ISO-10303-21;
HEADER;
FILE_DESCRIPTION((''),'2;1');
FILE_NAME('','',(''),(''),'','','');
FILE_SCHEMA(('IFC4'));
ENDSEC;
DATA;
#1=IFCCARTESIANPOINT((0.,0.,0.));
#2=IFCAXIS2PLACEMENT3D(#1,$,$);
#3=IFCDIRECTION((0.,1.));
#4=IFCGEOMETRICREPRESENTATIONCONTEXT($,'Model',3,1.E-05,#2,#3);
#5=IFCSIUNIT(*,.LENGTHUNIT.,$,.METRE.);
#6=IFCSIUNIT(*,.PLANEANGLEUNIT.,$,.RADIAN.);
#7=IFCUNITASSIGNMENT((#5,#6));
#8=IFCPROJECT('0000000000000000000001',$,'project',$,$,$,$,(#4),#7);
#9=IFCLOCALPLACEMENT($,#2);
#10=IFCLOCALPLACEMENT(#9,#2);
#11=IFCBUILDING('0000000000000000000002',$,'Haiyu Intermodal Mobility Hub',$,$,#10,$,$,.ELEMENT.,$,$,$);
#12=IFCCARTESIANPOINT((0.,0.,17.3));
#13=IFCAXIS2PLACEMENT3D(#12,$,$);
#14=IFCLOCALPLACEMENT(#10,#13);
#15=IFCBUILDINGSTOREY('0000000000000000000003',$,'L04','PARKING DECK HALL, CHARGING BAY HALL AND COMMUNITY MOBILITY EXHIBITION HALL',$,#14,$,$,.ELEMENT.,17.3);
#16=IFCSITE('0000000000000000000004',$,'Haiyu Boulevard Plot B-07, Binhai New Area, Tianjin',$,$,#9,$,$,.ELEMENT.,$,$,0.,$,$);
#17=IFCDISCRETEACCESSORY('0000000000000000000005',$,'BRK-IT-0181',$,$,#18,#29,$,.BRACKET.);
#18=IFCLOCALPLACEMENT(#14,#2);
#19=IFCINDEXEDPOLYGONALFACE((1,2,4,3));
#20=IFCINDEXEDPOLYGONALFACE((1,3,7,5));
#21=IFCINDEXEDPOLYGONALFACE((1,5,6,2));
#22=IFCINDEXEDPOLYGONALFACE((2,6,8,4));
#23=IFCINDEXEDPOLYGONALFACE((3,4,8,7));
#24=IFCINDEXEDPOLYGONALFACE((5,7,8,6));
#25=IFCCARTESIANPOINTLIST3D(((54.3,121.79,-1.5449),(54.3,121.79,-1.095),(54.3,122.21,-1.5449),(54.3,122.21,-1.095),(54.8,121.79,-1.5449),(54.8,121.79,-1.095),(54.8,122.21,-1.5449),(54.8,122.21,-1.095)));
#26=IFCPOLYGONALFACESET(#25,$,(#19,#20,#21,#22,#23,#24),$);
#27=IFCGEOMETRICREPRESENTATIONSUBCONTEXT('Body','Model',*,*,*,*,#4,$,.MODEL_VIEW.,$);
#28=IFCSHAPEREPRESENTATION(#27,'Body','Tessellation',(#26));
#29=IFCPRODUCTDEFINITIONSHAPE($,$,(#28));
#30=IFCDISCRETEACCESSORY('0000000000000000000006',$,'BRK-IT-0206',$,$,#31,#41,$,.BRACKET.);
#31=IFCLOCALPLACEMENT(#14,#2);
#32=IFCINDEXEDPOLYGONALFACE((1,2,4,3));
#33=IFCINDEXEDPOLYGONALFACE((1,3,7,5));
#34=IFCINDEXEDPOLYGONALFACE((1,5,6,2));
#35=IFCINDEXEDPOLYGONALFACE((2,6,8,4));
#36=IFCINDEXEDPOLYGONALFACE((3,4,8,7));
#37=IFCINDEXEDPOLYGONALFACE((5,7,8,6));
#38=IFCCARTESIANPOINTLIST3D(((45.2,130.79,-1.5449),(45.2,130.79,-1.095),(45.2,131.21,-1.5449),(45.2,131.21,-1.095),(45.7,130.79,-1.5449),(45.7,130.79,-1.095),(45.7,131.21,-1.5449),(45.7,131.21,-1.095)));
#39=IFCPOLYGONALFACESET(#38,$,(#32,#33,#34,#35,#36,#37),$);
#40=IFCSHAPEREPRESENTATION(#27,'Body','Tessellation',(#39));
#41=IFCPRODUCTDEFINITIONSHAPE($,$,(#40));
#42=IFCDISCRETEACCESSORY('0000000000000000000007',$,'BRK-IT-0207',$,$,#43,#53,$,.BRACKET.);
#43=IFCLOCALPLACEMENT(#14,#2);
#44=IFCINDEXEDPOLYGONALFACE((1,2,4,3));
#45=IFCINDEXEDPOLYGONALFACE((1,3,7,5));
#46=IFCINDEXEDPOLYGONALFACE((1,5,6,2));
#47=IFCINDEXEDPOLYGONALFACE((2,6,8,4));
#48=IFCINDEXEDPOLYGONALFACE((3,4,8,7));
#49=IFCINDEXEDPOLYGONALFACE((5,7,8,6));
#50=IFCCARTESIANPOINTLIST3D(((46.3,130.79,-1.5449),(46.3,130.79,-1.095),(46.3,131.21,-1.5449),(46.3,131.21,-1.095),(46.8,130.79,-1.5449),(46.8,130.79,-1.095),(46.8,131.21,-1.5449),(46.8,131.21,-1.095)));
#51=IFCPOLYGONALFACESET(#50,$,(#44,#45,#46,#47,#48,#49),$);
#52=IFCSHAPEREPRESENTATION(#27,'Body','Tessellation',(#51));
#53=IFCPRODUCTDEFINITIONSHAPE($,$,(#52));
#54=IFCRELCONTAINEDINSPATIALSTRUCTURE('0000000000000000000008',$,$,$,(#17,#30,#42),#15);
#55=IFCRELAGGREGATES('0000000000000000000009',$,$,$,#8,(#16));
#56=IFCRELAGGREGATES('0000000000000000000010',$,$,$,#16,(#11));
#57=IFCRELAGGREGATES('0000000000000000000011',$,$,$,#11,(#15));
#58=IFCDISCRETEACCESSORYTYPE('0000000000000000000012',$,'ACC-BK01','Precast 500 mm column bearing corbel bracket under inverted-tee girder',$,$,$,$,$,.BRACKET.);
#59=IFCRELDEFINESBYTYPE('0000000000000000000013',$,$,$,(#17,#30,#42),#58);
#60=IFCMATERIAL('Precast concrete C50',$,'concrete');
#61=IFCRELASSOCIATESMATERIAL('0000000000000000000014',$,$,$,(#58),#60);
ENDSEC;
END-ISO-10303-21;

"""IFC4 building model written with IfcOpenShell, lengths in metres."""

from ifc_helpers import new_model, si_unit, direction, frame, origin, origin_2d, place, context, subcontext, project, spatial, rectangle, extrude, material, type_object, element, save


model = new_model("IFC4")

# Units and contexts
model_context = context("Model", 3, precision=1e-05, world=origin(), true_north=direction((0.0, 1.0)))
body_context = subcontext(model_context, "Body", "Model", "MODEL_VIEW")
ifc_project = project(units=[si_unit("LENGTHUNIT", "METRE"), si_unit("PLANEANGLEUNIT", "RADIAN")], contexts=[model_context])

# Site, building, storey
site_placement = place(None, origin())
site = spatial("IfcSite", under=ifc_project, at=site_placement, Name="Haiyu Boulevard Plot B-07, Binhai New Area, Tianjin", CompositionType="ELEMENT", RefElevation=0.0)
building_placement = place(site_placement, origin())
building = spatial("IfcBuilding", under=site, at=building_placement, Name="Haiyu Intermodal Mobility Hub", CompositionType="ELEMENT")
storey_placement = place(building_placement, frame((0.0, 0.0, 17.3)))
storey = spatial("IfcBuildingStorey", under=building, at=storey_placement, Name="L04", Description="PARKING DECK HALL, CHARGING BAY HALL AND COMMUNITY MOBILITY EXHIBITION HALL", CompositionType="ELEMENT", Elevation=17.3)

# Shared definitions
ifc_material_1 = material(Name="Precast concrete C50", Category="concrete")

# Discrete accessories
discrete_accessory_type = type_object("IfcDiscreteAccessoryType", Name="ACC-BK01", Description="Precast 500 mm column bearing corbel bracket under inverted-tee girder", PredefinedType="BRACKET", material=ifc_material_1)
for number, where, z_axis, x_axis, name in (
    (1, (54.55, 122.0, -1.5449), (0.0, 0.0, 1.0), (1.0, 0.0, 0.0), "BRK-IT-0181"),
    (2, (45.45, 131.0, -1.5449), (0.0, 0.0, 1.0), (1.0, 0.0, 0.0), "BRK-IT-0206"),
    (3, (46.55, 131.0, -1.5449), (0.0, 0.0, 1.0), (1.0, 0.0, 0.0), "BRK-IT-0207"),
):
    element("IfcDiscreteAccessory", number, at=place(storey_placement, frame(where, z_axis=z_axis, x_axis=x_axis)), inside=storey, type_object=discrete_accessory_type, Name=name, PredefinedType="BRACKET", context=body_context, shape_type="SweptSolid", body=[
        extrude(rectangle(XDim=0.5, YDim=0.4199, at=origin_2d()), origin(), (0.0, 0.0, 1.0), 0.45),
    ])

save(model, "model.ifc")
